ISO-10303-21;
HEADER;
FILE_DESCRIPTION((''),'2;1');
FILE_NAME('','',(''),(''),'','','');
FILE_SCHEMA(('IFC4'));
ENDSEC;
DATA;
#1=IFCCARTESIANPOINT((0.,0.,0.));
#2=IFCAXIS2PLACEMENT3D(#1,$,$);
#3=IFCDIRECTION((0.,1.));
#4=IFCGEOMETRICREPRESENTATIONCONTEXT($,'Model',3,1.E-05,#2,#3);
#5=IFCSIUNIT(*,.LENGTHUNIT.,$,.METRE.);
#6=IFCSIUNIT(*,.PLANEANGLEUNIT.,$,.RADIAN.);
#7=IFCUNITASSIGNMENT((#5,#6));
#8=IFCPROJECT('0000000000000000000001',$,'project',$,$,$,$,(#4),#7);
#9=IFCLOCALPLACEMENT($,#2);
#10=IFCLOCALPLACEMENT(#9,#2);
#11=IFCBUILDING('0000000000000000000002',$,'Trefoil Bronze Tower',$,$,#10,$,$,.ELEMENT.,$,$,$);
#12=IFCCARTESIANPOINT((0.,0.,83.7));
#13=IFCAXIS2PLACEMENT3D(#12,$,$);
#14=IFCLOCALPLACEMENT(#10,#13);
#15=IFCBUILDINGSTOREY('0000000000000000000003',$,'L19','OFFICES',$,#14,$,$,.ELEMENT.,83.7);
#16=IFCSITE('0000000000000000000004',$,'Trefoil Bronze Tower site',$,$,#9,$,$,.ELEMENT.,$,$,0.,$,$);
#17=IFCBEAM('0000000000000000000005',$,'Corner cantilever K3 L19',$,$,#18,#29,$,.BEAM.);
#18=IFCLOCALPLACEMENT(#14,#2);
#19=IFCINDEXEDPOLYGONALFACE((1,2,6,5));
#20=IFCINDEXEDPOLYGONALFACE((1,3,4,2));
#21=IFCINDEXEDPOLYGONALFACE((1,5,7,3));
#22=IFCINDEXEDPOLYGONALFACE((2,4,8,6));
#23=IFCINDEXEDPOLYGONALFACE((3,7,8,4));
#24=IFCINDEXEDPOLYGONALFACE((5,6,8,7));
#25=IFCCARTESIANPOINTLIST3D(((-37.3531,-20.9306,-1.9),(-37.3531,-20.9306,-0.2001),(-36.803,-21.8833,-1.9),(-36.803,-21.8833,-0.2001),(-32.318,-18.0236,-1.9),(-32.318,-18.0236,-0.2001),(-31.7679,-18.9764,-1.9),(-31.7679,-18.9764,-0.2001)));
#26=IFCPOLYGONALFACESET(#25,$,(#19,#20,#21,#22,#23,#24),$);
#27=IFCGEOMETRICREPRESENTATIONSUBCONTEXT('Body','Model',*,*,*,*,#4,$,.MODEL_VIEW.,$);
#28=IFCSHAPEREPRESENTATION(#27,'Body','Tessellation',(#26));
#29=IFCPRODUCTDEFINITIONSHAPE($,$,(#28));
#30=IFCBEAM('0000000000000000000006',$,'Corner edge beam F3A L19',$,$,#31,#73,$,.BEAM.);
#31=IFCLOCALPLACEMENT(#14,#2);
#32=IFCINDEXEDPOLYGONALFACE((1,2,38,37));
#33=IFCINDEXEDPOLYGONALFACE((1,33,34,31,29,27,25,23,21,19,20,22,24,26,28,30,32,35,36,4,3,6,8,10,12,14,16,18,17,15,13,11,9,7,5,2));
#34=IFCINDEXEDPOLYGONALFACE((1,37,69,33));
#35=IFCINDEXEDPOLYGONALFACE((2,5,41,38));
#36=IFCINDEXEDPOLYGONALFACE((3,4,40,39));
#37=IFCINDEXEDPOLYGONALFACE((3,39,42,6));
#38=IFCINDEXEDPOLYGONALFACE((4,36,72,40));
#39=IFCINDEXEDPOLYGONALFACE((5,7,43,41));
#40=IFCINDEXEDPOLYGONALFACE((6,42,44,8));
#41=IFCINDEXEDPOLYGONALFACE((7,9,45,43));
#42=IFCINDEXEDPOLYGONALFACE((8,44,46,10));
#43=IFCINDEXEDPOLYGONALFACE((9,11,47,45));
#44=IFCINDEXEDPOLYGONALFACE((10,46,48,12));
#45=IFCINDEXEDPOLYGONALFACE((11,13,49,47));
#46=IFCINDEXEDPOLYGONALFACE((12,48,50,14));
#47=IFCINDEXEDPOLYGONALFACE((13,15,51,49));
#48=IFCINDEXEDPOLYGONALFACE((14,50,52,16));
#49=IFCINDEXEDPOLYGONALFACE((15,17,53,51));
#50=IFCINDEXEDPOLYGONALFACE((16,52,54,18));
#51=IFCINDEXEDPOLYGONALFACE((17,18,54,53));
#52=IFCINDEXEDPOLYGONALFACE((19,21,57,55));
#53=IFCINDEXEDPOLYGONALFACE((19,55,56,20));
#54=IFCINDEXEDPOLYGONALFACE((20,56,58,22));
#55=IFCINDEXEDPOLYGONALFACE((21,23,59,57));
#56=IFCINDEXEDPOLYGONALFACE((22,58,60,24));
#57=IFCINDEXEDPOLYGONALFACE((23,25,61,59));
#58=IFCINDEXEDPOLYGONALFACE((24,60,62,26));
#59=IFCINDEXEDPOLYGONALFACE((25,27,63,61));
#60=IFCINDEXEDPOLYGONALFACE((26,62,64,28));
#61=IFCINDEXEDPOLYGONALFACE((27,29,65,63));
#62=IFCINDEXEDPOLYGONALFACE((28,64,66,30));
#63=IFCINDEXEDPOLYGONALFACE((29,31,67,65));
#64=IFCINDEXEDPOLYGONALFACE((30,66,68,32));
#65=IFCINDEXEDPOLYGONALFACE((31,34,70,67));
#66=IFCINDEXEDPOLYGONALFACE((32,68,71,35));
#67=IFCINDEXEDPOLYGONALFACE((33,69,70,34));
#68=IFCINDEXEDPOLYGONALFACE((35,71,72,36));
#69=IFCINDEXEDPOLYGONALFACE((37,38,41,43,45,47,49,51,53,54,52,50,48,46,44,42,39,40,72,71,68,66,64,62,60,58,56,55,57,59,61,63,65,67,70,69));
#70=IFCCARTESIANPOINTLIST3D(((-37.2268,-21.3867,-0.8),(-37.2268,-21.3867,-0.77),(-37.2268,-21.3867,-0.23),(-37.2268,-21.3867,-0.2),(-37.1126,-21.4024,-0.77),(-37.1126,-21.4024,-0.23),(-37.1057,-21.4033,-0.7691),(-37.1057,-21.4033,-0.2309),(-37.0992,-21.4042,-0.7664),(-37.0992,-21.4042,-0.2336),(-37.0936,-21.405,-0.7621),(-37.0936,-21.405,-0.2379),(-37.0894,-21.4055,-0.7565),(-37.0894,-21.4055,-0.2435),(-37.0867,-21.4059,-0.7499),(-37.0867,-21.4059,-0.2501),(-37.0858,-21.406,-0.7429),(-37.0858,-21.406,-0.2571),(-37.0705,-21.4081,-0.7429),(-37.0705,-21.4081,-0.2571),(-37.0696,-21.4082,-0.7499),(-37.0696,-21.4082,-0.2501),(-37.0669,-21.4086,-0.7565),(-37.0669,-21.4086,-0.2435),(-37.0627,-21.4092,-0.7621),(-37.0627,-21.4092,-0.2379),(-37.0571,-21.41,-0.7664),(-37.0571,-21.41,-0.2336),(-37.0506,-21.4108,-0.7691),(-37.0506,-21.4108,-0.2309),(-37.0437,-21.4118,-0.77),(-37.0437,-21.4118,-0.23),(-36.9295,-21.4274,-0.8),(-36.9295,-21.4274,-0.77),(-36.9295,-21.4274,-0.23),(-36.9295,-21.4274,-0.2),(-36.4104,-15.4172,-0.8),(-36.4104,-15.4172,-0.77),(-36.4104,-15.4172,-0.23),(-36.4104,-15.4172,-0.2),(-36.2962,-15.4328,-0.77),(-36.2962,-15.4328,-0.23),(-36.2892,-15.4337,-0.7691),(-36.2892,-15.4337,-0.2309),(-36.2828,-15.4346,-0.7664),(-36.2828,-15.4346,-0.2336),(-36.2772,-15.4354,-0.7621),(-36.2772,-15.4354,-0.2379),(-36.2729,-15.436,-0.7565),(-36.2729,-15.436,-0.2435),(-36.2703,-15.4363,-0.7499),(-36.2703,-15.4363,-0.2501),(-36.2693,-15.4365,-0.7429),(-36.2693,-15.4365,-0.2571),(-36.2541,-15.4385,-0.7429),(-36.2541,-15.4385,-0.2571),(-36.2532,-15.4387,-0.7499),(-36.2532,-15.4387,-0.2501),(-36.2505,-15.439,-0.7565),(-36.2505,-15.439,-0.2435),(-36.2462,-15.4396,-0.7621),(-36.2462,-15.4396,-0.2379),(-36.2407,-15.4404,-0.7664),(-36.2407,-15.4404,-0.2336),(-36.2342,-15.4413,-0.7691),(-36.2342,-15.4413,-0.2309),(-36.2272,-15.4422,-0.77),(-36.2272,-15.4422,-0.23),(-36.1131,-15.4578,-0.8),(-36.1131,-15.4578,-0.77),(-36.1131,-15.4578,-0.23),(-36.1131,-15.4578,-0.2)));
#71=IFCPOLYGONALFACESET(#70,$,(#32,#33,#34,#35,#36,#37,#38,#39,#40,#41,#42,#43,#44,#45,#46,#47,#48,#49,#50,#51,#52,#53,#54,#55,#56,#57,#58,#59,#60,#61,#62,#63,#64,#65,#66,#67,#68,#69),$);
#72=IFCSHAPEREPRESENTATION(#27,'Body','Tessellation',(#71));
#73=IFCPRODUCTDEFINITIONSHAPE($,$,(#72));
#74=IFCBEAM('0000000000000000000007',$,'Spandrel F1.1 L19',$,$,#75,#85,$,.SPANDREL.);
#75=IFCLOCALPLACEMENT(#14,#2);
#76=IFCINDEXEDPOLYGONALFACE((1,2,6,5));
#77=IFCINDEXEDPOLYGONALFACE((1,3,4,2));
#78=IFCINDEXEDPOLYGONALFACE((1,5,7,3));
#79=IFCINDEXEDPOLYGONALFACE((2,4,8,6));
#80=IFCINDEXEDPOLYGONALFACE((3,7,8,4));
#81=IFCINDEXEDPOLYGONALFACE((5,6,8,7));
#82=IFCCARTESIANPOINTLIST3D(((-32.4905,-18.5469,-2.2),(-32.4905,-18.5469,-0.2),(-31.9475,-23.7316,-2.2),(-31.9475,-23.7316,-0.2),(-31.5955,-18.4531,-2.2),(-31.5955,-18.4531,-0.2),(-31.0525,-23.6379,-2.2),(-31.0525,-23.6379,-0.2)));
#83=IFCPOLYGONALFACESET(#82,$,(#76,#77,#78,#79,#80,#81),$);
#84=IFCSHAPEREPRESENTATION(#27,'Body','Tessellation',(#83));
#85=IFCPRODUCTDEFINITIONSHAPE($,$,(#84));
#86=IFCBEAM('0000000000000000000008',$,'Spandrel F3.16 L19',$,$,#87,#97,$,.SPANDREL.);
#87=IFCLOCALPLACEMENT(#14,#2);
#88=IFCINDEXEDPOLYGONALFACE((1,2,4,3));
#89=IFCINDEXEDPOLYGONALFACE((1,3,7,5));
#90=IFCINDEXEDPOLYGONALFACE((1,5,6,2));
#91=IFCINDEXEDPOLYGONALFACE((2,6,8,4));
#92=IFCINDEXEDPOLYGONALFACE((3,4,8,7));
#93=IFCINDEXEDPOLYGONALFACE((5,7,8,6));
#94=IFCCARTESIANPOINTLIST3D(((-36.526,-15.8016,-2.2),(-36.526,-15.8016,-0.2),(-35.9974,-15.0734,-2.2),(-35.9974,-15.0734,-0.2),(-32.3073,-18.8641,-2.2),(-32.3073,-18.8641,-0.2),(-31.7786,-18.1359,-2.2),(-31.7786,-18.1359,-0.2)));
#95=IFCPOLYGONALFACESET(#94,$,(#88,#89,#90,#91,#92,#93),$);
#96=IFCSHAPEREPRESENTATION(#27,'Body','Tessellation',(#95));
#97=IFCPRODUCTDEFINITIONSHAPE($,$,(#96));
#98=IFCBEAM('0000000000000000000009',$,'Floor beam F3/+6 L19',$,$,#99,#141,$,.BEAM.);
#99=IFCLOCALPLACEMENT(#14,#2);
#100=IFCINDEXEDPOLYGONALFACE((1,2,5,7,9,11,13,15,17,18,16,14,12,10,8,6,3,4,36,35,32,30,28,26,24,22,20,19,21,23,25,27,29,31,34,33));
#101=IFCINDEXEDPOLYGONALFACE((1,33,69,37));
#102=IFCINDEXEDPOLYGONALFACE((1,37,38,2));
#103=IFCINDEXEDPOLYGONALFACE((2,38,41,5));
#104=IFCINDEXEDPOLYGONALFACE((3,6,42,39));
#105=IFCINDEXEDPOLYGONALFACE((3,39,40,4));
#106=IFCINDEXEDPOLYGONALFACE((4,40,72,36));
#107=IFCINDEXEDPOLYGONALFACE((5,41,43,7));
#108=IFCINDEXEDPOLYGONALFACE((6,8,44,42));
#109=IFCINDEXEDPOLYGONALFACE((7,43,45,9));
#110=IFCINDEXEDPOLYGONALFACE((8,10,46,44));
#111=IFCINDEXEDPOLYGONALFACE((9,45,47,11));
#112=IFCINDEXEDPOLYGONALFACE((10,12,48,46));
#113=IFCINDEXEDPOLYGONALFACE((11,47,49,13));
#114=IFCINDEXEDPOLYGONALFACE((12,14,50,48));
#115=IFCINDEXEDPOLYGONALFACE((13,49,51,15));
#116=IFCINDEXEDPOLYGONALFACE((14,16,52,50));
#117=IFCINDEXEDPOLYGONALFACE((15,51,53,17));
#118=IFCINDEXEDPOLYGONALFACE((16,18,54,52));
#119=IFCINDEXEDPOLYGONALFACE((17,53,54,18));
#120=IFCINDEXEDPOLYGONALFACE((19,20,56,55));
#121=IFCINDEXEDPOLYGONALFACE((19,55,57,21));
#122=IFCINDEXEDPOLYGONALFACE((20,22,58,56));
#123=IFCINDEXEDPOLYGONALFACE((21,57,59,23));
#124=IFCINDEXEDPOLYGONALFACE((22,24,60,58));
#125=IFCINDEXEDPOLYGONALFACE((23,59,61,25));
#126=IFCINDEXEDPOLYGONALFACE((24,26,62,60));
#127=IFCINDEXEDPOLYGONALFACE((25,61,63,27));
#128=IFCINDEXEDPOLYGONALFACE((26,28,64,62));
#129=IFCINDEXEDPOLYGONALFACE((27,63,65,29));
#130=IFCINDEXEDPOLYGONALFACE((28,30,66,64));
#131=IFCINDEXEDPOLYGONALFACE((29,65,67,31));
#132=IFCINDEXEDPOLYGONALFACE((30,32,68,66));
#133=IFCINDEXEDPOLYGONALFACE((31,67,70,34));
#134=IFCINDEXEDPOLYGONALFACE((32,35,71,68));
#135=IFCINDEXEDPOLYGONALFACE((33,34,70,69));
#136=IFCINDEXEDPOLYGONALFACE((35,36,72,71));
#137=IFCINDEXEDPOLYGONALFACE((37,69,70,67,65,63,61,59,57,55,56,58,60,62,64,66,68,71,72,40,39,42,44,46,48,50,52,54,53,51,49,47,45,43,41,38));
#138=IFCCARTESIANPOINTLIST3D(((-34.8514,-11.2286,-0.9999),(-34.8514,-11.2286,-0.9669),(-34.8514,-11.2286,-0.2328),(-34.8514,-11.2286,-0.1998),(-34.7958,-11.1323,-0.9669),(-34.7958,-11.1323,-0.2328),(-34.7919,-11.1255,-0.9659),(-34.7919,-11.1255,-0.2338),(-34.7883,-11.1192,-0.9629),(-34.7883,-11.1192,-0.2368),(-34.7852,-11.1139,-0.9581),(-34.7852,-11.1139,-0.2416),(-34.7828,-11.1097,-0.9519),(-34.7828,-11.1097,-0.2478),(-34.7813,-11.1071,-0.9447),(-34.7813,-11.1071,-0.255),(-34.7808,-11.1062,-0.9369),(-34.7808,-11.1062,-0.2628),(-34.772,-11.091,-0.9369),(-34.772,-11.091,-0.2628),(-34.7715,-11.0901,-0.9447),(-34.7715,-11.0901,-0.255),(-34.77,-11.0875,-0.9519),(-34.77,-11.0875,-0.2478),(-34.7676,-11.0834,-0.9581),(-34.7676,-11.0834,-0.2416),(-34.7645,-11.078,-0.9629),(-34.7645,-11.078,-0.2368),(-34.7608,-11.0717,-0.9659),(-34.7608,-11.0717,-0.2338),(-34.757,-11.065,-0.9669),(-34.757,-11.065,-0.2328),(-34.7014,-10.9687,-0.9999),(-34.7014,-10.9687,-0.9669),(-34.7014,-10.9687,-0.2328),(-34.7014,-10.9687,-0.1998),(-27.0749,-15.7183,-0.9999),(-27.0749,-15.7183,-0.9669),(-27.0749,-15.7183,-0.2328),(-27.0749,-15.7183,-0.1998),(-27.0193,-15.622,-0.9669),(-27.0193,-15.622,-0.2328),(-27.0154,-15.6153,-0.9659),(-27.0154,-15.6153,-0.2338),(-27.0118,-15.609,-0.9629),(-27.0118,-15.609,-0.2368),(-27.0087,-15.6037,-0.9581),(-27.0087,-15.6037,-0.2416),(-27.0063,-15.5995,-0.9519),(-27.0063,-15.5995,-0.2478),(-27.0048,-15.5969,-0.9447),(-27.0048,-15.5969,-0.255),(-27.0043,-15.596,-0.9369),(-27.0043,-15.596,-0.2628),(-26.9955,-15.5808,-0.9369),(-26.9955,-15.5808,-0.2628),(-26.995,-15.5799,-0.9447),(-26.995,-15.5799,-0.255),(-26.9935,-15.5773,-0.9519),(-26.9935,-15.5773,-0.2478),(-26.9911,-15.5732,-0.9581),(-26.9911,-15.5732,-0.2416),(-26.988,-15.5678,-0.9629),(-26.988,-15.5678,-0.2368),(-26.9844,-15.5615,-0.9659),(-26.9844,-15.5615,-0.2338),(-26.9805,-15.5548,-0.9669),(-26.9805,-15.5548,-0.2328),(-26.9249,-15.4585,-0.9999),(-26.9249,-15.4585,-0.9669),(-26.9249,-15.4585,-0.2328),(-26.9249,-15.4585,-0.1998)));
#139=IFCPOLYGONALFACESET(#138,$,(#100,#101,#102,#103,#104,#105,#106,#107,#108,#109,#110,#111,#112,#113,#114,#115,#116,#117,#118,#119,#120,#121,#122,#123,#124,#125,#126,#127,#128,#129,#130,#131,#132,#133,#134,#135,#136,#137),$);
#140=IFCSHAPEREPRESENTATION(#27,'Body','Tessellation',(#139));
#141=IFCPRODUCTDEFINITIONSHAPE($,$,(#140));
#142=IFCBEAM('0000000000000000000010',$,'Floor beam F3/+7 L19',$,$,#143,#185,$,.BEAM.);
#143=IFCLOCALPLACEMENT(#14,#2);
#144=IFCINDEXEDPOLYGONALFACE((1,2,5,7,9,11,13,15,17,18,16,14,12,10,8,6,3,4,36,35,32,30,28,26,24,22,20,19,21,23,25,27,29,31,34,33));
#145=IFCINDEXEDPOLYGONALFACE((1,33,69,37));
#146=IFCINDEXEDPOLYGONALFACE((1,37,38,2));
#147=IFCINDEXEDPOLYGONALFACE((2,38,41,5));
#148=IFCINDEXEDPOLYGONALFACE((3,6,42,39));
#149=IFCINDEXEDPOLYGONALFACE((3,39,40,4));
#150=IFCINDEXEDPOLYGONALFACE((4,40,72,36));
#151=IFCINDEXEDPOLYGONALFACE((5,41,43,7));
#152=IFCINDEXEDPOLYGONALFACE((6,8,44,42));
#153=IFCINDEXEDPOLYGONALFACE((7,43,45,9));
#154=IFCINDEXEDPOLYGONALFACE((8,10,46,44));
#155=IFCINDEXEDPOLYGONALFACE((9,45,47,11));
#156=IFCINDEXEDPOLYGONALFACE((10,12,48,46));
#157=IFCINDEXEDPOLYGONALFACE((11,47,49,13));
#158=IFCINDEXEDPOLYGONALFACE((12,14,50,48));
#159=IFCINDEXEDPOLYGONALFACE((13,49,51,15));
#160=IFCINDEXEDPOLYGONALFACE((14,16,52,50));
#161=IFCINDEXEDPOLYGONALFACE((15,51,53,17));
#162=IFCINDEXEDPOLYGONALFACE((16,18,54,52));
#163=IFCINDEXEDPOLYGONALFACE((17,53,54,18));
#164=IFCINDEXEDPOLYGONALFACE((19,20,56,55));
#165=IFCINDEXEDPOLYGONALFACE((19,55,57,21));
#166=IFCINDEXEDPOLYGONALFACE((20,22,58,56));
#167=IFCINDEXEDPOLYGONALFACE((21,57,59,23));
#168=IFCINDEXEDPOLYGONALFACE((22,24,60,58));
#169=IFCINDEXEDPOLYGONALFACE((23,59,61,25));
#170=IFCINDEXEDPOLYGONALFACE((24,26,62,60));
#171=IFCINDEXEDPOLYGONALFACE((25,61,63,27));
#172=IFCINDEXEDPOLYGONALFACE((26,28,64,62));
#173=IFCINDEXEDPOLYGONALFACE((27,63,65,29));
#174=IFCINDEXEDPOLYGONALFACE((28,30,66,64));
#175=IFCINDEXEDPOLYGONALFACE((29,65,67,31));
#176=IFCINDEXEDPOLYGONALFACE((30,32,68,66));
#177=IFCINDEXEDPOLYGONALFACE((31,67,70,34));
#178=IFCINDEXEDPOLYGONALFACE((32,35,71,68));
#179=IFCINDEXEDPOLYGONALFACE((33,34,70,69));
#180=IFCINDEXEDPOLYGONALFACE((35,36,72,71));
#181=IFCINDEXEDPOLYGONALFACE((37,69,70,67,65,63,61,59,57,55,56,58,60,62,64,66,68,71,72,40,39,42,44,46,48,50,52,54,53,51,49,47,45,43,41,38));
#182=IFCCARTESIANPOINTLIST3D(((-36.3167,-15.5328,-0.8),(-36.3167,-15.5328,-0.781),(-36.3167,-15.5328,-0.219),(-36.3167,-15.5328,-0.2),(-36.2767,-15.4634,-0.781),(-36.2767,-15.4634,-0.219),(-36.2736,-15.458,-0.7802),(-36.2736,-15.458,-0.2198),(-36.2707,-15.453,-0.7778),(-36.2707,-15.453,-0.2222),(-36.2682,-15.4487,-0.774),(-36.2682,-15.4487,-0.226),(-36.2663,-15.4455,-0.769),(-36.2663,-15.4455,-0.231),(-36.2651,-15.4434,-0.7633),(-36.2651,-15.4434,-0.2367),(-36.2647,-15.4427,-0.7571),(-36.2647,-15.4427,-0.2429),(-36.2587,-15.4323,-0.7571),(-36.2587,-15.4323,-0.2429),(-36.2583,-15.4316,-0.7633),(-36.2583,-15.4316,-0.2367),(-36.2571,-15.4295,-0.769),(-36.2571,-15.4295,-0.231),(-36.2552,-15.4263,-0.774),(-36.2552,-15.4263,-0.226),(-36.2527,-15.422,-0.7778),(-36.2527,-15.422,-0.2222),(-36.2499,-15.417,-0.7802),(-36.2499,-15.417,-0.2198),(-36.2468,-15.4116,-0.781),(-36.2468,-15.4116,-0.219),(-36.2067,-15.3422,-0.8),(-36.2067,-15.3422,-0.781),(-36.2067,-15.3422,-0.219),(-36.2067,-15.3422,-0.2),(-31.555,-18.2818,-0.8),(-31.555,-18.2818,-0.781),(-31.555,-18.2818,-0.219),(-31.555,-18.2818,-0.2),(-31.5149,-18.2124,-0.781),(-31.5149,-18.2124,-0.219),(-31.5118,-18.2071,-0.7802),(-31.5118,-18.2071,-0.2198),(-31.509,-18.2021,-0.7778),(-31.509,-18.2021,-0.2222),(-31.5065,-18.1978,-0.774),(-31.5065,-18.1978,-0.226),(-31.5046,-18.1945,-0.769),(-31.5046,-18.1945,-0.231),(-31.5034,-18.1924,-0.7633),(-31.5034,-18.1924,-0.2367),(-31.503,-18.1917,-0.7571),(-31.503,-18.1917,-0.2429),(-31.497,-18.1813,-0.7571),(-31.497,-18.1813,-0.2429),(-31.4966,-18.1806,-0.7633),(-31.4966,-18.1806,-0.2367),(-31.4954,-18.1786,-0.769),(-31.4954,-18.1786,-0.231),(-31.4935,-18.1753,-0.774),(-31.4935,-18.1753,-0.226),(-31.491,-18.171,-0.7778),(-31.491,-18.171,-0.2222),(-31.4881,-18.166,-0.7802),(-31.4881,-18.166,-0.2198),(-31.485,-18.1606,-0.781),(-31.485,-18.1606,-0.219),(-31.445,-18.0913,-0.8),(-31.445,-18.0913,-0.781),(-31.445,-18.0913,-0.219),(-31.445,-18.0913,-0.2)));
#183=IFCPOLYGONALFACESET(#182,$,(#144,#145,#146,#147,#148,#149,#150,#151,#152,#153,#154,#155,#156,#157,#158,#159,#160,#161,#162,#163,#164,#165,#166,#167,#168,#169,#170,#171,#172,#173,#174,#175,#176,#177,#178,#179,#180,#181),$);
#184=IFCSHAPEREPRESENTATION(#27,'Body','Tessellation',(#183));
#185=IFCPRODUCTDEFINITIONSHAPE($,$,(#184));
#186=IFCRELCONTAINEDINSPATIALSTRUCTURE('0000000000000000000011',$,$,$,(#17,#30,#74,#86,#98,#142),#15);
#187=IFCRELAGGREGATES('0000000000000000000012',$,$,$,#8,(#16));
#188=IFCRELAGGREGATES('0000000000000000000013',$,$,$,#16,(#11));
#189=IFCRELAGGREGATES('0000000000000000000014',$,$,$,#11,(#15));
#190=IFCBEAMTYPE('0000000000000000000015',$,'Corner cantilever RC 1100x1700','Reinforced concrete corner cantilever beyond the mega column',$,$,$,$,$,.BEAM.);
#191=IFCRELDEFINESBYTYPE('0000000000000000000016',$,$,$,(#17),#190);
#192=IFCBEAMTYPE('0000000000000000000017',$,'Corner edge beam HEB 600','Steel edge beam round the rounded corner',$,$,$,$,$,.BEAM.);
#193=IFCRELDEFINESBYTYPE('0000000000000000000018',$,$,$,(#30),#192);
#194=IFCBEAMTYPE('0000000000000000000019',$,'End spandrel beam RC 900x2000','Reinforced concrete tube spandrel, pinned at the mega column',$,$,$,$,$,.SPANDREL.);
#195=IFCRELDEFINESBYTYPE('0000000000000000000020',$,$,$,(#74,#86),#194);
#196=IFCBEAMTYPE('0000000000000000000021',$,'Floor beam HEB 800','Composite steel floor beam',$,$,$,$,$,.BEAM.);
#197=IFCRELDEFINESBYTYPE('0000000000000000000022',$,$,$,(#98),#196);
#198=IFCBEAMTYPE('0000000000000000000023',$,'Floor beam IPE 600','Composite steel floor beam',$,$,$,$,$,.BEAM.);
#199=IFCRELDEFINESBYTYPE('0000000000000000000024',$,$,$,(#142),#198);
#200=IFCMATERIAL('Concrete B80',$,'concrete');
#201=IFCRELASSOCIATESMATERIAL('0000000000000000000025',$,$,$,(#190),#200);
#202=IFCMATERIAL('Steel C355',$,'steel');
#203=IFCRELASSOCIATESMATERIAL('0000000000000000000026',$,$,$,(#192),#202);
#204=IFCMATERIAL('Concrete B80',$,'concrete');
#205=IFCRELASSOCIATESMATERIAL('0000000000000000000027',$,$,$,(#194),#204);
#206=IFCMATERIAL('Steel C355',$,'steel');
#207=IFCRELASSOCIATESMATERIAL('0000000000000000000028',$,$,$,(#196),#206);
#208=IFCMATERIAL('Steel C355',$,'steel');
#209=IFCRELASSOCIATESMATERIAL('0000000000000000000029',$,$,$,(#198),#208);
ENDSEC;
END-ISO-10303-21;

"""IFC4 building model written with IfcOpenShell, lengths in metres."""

from ifc_helpers import new_model, si_unit, direction, frame, origin, origin_2d, place, context, subcontext, project, spatial, rectangle, i_section, extrude, material, material_profile, profile_set, type_object, element, save


model = new_model("IFC4")

# Units and contexts
model_context = context("Model", 3, precision=1e-05, world=origin(), true_north=direction((0.0, 1.0)))
body_context = subcontext(model_context, "Body", "Model", "MODEL_VIEW")
ifc_project = project(units=[si_unit("LENGTHUNIT", "METRE"), si_unit("PLANEANGLEUNIT", "RADIAN")], contexts=[model_context])

# Site, building, storey
site_placement = place(None, origin())
site = spatial("IfcSite", under=ifc_project, at=site_placement, Name="Trefoil Bronze Tower site", CompositionType="ELEMENT", RefElevation=0.0)
building_placement = place(site_placement, origin())
building = spatial("IfcBuilding", under=site, at=building_placement, Name="Trefoil Bronze Tower", CompositionType="ELEMENT")
storey_placement = place(building_placement, frame((0.0, 0.0, 83.7)))
storey = spatial("IfcBuildingStorey", under=building, at=storey_placement, Name="L19", Description="OFFICES", CompositionType="ELEMENT", Elevation=83.7)

# Beams
ifc_material_1 = material(Name="Concrete B80", Category="concrete")
ifc_material_profile_1 = material_profile(ifc_material_1, rectangle(XDim=1.1001, YDim=1.7, at=origin_2d()), Name="RC 1100x1700")
ifc_profile_set_1 = profile_set([ifc_material_profile_1], Name="Concrete B80")
beam_type_1 = type_object("IfcBeamType", Name="Corner cantilever RC 1100x1700", Description="Reinforced concrete corner cantilever beyond the mega column", PredefinedType="BEAM", material=ifc_profile_set_1)
beam_1_placement = place(storey_placement, frame((-32.043, -18.5, -1.05), z_axis=(-0.86603, -0.499991, 0.0), x_axis=(0.499991, -0.86603, 0.0)))
element("IfcBeam", 1, at=beam_1_placement, inside=storey, type_object=beam_type_1, Name="Corner cantilever K3 L19", PredefinedType="BEAM", context=body_context, shape_type="SweptSolid", body=[
    extrude(rectangle(XDim=1.1001, YDim=1.7, at=origin_2d()), origin(), (0.0, 0.0, 1.0), 5.814),
])
ifc_material_2 = material(Name="Steel C355", Category="steel")
ifc_material_profile_2 = material_profile(ifc_material_2, i_section(OverallWidth=0.3, OverallDepth=0.6001, WebThickness=0.0154, FlangeThickness=0.03, FilletRadius=0.0271, at=origin_2d()), Name="HEB 600")
ifc_profile_set_2 = profile_set([ifc_material_profile_2], Name="Steel C355")
beam_type_2 = type_object("IfcBeamType", Name="Corner edge beam HEB 600", Description="Steel edge beam round the rounded corner", PredefinedType="BEAM", material=ifc_profile_set_2)
beam_2_placement = place(storey_placement, frame((-36.2617, -15.4375, -0.5), z_axis=(-0.135502, -0.990777, 0.0), x_axis=(0.990777, -0.135502, 0.0)))
element("IfcBeam", 2, at=beam_2_placement, inside=storey, type_object=beam_type_2, Name="Corner edge beam F3A L19", PredefinedType="BEAM", context=body_context, shape_type="SweptSolid", body=[
    extrude(i_section(OverallWidth=0.3, OverallDepth=0.6001, WebThickness=0.0154, FlangeThickness=0.03, FilletRadius=0.0271, at=origin_2d()), origin(), (0.0, 0.0, 1.0), 6.0251),
])
ifc_material_3 = material(Name="Concrete B80", Category="concrete")
ifc_material_profile_3 = material_profile(ifc_material_3, rectangle(XDim=0.8999, YDim=2.0, at=origin_2d()), Name="RC 900x2000")
ifc_profile_set_3 = profile_set([ifc_material_profile_3], Name="Concrete B80")
beam_type_3 = type_object("IfcBeamType", Name="End spandrel beam RC 900x2000", Description="Reinforced concrete tube spandrel, pinned at the mega column", PredefinedType="SPANDREL", material=ifc_profile_set_3)
for number, where, z_axis, x_axis, name in (
    (3, (-32.043, -18.5, -1.2), (0.104153, -0.994561, 0.0), (0.994561, 0.104153, 0.0), "Spandrel F1.1 L19"),
    (4, (-36.2617, -15.4375, -1.2), (0.809254, -0.587459, 0.0), (0.587459, 0.809254, 0.0), "Spandrel F3.16 L19"),
):
    element("IfcBeam", number, at=place(storey_placement, frame(where, z_axis=z_axis, x_axis=x_axis)), inside=storey, type_object=beam_type_3, Name=name, PredefinedType="SPANDREL", context=body_context, shape_type="SweptSolid", body=[
        extrude(rectangle(XDim=0.8999, YDim=2.0, at=origin_2d()), origin(), (0.0, 0.0, 1.0), 5.2131),
    ])
ifc_material_4 = material(Name="Steel C355", Category="steel")
ifc_material_profile_4 = material_profile(ifc_material_4, i_section(OverallWidth=0.3, OverallDepth=0.8, WebThickness=0.0176, FlangeThickness=0.033, FilletRadius=0.03, at=origin_2d()), Name="HEB 800")
ifc_profile_set_4 = profile_set([ifc_material_profile_4], Name="Steel C355")
beam_type_4 = type_object("IfcBeamType", Name="Floor beam HEB 800", Description="Composite steel floor beam", PredefinedType="BEAM", material=ifc_profile_set_4)
beam_3_placement = place(storey_placement, frame((-34.7764, -11.0986, -0.5999), z_axis=(0.866023, -0.500005, 0.0), x_axis=(0.500005, 0.866023, 0.0)))
element("IfcBeam", 5, at=beam_3_placement, inside=storey, type_object=beam_type_4, Name="Floor beam F3/+6 L19", PredefinedType="BEAM", context=body_context, shape_type="SweptSolid", body=[
    extrude(i_section(OverallWidth=0.3, OverallDepth=0.8, WebThickness=0.0176, FlangeThickness=0.033, FilletRadius=0.03, at=origin_2d()), origin(), (0.0, 0.0, 1.0), 8.9795),
])
ifc_material_5 = material(Name="Steel C355", Category="steel")
ifc_material_profile_5 = material_profile(ifc_material_5, i_section(OverallWidth=0.22, OverallDepth=0.6001, WebThickness=0.012, FlangeThickness=0.019, FilletRadius=0.0239, at=origin_2d()), Name="IPE 600")
ifc_profile_set_5 = profile_set([ifc_material_profile_5], Name="Steel C355")
beam_type_5 = type_object("IfcBeamType", Name="Floor beam IPE 600", Description="Composite steel floor beam", PredefinedType="BEAM", material=ifc_profile_set_5)
beam_4_placement = place(storey_placement, frame((-36.2617, -15.4375, -0.5), z_axis=(0.866038, -0.499979, 0.0), x_axis=(0.499979, 0.866038, 0.0)))
element("IfcBeam", 6, at=beam_4_placement, inside=storey, type_object=beam_type_5, Name="Floor beam F3/+7 L19", PredefinedType="BEAM", context=body_context, shape_type="SweptSolid", body=[
    extrude(i_section(OverallWidth=0.22, OverallDepth=0.6001, WebThickness=0.012, FlangeThickness=0.019, FilletRadius=0.0239, at=origin_2d()), origin(), (0.0, 0.0, 1.0), 5.4983),
])

save(model, "model.ifc")
